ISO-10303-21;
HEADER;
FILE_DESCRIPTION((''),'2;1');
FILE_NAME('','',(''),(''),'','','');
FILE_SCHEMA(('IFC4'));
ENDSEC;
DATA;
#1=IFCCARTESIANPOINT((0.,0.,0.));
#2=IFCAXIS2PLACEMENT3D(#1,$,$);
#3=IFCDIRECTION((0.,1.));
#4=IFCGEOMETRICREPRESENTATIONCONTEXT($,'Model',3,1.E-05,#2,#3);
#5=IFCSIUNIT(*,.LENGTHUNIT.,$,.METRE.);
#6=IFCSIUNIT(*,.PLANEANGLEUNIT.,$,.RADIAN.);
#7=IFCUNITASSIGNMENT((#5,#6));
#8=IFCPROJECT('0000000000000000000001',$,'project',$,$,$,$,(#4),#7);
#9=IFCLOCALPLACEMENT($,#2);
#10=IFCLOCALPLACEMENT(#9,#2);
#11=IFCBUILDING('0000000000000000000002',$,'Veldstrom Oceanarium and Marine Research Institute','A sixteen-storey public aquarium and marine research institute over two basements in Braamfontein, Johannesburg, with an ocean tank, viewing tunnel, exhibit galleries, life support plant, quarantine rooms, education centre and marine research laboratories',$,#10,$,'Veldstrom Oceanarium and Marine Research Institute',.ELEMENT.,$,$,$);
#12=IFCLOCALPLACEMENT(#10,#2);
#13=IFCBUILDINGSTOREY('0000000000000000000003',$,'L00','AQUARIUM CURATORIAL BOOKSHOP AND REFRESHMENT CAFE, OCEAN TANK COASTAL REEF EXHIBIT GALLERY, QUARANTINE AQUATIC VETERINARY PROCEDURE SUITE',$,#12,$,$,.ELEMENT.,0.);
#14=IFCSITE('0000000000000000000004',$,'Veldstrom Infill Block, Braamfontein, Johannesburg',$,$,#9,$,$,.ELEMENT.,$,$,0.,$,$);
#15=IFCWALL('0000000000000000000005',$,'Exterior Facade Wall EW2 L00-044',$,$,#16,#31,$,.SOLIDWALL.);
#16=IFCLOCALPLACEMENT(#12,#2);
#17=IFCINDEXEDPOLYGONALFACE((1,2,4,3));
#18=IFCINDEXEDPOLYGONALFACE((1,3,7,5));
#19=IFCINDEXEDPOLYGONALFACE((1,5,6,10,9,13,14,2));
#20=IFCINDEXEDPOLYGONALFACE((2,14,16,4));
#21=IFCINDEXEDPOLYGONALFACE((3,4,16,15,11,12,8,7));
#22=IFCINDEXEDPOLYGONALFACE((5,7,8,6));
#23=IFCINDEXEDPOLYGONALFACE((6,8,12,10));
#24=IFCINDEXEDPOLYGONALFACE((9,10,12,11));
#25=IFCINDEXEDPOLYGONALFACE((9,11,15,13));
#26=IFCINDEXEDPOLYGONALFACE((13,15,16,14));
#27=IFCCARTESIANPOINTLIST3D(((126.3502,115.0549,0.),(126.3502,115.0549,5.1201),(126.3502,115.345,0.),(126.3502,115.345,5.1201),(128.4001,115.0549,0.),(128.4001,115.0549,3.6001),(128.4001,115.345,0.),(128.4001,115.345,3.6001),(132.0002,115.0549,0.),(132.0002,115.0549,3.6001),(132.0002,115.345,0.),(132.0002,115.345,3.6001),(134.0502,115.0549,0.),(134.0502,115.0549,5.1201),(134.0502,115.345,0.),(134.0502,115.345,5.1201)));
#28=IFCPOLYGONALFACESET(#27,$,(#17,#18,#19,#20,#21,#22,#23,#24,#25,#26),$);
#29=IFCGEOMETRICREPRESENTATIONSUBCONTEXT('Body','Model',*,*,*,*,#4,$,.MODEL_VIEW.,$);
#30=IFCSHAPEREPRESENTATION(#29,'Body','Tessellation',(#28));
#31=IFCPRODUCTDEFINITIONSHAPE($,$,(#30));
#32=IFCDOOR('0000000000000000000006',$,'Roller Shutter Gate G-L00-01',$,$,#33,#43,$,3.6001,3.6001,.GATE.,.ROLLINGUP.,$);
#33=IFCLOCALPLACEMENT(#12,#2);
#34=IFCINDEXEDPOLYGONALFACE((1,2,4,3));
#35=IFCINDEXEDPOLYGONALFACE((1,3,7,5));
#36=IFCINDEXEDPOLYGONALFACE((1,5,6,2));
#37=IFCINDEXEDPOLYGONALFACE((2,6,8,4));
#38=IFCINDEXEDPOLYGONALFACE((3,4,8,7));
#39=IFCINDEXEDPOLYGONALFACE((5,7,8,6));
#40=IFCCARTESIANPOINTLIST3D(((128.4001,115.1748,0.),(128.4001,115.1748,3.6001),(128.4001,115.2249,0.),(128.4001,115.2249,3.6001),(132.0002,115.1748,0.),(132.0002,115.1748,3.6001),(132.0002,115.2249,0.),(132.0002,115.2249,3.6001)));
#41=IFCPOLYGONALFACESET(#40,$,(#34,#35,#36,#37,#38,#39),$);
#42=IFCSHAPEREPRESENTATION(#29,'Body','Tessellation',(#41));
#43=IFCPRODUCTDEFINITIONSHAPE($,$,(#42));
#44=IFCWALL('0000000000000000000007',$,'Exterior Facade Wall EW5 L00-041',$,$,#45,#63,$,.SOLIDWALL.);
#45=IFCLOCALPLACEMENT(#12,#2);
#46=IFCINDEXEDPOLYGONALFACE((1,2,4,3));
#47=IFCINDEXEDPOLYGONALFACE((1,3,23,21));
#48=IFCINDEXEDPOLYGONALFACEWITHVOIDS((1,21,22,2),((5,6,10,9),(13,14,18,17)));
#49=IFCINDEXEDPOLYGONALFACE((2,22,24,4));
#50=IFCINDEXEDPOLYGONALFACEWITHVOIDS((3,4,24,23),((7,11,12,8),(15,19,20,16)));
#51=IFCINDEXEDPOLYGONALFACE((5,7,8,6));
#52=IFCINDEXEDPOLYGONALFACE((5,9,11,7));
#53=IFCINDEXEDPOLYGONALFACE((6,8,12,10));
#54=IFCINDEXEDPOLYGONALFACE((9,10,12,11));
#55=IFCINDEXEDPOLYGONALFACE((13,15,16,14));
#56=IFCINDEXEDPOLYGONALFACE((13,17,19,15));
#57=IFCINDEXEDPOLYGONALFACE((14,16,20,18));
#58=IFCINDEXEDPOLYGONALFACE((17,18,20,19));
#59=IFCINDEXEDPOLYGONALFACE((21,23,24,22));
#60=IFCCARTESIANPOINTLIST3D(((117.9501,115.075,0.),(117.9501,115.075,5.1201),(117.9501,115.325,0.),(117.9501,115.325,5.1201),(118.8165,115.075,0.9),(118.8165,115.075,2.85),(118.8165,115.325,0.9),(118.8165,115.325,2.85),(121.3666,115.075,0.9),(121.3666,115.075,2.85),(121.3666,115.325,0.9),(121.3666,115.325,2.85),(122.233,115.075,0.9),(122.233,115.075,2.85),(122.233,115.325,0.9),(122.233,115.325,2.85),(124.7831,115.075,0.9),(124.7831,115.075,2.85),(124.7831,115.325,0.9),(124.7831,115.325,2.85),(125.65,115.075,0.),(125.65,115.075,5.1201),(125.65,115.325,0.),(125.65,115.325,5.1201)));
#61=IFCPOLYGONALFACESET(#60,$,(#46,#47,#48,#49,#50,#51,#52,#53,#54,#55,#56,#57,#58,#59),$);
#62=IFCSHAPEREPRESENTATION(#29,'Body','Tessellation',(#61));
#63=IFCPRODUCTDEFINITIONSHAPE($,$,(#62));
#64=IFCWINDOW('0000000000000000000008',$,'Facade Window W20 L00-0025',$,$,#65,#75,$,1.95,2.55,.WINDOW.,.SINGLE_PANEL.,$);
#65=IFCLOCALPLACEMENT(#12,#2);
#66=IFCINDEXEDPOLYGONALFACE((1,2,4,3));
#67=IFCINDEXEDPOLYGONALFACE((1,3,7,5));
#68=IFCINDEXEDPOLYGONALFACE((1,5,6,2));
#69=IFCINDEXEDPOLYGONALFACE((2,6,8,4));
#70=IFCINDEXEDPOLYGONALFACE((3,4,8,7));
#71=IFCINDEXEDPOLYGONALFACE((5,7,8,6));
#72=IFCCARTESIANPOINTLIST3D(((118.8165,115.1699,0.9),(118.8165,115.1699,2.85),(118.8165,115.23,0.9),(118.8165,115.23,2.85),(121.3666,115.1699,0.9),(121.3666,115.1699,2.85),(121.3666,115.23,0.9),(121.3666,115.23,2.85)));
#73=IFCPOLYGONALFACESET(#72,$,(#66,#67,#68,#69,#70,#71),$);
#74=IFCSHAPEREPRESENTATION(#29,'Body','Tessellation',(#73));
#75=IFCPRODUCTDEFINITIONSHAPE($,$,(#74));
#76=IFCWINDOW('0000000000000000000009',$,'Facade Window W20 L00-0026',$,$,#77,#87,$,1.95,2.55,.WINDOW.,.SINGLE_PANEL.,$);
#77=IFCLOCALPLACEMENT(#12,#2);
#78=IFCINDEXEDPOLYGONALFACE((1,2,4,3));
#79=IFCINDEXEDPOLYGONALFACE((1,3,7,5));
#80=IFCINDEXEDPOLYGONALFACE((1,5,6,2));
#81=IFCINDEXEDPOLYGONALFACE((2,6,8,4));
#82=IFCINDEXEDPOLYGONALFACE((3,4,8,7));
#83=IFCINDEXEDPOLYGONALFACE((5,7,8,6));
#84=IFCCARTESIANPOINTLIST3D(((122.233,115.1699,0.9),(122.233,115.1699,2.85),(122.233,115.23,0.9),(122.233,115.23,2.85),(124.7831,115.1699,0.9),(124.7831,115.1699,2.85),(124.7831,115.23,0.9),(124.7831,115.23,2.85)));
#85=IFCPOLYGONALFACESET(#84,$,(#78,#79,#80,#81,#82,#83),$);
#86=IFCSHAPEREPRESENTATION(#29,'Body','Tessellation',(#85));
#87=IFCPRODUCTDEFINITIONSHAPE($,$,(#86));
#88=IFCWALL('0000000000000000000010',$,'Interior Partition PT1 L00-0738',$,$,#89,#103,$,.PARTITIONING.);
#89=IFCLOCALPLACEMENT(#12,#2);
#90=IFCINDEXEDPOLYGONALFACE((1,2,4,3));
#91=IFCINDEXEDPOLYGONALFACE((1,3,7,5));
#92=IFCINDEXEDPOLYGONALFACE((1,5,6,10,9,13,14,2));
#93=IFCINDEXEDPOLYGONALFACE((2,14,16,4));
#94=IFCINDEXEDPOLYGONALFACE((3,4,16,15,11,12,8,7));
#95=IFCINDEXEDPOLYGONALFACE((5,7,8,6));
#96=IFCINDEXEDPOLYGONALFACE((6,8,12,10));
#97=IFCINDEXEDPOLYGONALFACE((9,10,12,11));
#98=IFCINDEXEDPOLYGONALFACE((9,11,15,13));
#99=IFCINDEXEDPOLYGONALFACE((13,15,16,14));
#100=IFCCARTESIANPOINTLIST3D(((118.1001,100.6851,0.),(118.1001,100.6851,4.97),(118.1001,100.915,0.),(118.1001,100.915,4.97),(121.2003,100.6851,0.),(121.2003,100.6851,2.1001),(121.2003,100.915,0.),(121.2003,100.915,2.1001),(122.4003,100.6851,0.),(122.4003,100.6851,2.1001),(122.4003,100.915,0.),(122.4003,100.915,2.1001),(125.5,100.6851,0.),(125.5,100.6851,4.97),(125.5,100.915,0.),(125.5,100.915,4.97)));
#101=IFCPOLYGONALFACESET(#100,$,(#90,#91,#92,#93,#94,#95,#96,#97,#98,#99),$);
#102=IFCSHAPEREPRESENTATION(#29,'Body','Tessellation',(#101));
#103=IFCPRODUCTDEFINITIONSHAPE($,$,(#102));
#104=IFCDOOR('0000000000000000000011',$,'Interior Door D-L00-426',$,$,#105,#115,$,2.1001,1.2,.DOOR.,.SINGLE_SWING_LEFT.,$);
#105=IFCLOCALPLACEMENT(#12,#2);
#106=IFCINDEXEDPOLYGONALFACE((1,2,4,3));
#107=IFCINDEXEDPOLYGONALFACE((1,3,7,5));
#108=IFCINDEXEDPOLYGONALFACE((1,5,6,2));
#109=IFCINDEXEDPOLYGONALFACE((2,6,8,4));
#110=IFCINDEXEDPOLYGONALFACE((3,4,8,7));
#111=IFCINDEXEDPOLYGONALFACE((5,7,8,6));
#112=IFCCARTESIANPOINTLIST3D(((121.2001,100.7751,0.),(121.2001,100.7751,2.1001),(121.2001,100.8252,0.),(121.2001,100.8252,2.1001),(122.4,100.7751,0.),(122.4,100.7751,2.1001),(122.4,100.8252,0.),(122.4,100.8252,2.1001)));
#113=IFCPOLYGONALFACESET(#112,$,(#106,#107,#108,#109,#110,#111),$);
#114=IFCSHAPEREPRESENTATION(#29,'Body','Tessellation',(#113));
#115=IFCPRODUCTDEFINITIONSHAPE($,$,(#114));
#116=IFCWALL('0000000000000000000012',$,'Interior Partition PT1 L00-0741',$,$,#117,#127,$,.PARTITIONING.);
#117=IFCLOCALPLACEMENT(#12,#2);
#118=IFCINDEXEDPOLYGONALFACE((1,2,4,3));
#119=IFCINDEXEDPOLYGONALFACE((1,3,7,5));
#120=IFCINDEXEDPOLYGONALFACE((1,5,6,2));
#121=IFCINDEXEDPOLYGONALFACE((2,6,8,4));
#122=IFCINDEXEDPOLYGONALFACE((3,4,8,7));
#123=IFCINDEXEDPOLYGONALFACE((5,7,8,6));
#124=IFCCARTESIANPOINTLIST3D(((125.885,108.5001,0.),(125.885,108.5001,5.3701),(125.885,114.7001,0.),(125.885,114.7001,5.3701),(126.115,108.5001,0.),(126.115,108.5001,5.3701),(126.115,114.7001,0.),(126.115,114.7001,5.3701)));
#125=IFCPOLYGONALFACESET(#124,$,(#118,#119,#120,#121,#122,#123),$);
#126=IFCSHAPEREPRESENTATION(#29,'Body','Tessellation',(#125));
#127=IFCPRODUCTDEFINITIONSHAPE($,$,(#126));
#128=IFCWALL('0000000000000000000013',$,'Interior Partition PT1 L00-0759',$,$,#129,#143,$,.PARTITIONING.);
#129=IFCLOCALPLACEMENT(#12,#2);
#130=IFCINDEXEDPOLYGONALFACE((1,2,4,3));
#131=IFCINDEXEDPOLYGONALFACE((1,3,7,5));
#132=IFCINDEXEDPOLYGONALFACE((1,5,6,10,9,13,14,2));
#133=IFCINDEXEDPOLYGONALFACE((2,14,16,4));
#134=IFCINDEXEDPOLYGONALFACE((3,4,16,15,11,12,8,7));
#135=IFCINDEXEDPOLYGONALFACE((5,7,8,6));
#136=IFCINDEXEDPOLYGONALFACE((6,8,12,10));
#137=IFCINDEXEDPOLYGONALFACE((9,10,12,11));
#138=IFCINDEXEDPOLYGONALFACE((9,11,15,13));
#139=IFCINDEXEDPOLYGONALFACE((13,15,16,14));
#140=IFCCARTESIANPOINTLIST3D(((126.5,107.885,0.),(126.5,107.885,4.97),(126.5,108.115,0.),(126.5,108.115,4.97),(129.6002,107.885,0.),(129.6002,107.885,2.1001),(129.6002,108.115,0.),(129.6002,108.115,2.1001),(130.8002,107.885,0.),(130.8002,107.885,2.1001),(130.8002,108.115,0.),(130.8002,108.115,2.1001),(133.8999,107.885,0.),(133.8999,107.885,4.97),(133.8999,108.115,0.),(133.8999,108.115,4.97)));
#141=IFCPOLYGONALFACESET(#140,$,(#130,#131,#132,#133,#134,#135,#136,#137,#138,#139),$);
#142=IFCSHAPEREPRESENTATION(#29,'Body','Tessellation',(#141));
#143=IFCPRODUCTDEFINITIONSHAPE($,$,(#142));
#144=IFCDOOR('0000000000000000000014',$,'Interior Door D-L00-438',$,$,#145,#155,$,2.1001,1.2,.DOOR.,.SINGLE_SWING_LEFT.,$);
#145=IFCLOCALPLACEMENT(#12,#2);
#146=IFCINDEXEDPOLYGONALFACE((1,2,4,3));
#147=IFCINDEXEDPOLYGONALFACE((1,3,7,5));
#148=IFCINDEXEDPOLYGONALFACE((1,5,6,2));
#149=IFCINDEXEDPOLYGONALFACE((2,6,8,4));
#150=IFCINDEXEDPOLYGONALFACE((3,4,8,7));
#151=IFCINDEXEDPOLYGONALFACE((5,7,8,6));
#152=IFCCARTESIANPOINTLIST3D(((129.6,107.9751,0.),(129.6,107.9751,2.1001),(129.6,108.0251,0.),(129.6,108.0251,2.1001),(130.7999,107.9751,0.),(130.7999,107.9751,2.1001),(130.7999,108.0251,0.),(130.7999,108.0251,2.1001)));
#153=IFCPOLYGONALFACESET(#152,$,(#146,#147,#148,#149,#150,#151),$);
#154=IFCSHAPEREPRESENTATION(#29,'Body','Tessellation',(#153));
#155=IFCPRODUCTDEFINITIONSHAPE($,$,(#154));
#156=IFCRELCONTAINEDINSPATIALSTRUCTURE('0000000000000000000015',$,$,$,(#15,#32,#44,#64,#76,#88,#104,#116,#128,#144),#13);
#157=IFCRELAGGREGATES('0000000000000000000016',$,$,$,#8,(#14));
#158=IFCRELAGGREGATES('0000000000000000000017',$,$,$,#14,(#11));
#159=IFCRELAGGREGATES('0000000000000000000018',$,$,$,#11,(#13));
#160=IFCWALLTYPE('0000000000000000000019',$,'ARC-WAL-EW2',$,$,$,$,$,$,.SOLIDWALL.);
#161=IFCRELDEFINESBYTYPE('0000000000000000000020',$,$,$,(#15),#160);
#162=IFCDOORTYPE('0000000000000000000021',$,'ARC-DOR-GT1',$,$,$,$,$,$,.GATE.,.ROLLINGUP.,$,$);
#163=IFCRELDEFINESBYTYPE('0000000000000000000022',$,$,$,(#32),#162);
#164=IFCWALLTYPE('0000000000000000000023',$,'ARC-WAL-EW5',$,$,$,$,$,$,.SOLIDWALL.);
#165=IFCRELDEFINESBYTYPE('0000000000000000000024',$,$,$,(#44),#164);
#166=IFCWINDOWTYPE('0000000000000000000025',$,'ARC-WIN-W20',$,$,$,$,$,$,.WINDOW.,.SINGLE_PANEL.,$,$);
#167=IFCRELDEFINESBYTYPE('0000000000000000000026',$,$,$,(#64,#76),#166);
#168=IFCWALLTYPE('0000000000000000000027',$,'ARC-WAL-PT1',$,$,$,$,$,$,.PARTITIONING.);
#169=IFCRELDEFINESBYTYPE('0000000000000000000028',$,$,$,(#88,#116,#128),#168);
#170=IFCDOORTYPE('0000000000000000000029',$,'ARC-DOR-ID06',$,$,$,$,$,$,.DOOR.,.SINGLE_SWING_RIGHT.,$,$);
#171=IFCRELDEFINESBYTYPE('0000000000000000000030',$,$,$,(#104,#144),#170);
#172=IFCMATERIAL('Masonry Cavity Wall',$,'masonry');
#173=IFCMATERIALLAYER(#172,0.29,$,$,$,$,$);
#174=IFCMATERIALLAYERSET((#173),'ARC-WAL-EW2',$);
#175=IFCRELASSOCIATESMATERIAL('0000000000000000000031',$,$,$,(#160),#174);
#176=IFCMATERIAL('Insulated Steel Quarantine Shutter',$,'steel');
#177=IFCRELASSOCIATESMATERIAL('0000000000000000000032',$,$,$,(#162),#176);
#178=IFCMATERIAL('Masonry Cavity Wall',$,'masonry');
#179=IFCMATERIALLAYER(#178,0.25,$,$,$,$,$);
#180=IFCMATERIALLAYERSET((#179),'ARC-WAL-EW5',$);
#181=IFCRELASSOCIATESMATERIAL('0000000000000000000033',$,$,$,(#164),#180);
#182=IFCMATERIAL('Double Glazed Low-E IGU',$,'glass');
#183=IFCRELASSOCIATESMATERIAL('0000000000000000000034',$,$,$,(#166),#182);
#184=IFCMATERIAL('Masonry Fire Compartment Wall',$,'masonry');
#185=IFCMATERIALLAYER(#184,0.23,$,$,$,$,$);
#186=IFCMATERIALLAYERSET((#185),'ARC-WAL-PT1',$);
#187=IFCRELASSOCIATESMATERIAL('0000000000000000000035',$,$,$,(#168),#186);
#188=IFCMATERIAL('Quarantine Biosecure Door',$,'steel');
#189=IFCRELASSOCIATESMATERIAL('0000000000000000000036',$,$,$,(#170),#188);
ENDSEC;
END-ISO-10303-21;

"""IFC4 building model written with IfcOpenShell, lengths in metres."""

from ifc_helpers import new_model, si_unit, direction, frame, frame_2d, origin, place, context, subcontext, project, spatial, rectangle, extrude, material, layer, layer_set, type_object, element, fill, save


model = new_model("IFC4")

# Units and contexts
model_context = context("Model", 3, precision=1e-05, world=origin(), true_north=direction((0.0, 1.0)))
body_context = subcontext(model_context, "Body", "Model", "MODEL_VIEW")
ifc_project = project(units=[si_unit("LENGTHUNIT", "METRE"), si_unit("PLANEANGLEUNIT", "RADIAN")], contexts=[model_context])

# Site, building, storey
site_placement = place(None, origin())
site = spatial("IfcSite", under=ifc_project, at=site_placement, Name="Veldstrom Infill Block, Braamfontein, Johannesburg", CompositionType="ELEMENT", RefElevation=0.0)
building_placement = place(site_placement, origin())
building = spatial("IfcBuilding", under=site, at=building_placement, Name="Veldstrom Oceanarium and Marine Research Institute", Description="A sixteen-storey public aquarium and marine research institute over two basements in Braamfontein, Johannesburg, with an ocean tank, viewing tunnel, exhibit galleries, life support plant, quarantine rooms, education centre and marine research laboratories", LongName="Veldstrom Oceanarium and Marine Research Institute", CompositionType="ELEMENT")
storey_placement = place(building_placement, origin())
storey = spatial("IfcBuildingStorey", under=building, at=storey_placement, Name="L00", Description="AQUARIUM CURATORIAL BOOKSHOP AND REFRESHMENT CAFE, OCEAN TANK COASTAL REEF EXHIBIT GALLERY, QUARANTINE AQUATIC VETERINARY PROCEDURE SUITE", CompositionType="ELEMENT", Elevation=0.0)

# Wall, opening, door
ifc_material_1 = material(Name="Masonry Cavity Wall", Category="masonry")
ifc_layer_1 = layer(ifc_material_1, 0.29)
ifc_layer_set_1 = layer_set([ifc_layer_1], Name="ARC-WAL-EW2")
wall_type_1 = type_object("IfcWallType", Name="ARC-WAL-EW2", PredefinedType="SOLIDWALL", material=ifc_layer_set_1)
wall_1_placement = place(storey_placement, frame((126.3501, 115.2, 0.0), z_axis=(0.0, 0.0, 1.0), x_axis=(1.0, 0.0, 0.0)))
wall_1 = element("IfcWall", 1, at=wall_1_placement, inside=storey, type_object=wall_type_1, Name="Exterior Facade Wall EW2 L00-044", PredefinedType="SOLIDWALL", context=body_context, shape_type="SweptSolid", body=[
    extrude(rectangle(XDim=7.7, YDim=0.29, at=frame_2d((3.8501, 0.0))), origin(), (0.0, 0.0, 1.0), 5.1201),
])
opening_1_placement = place(wall_1_placement, frame((2.05, 0.0, 0.0)))
opening_1 = element("IfcOpeningElement", 2, at=opening_1_placement, cuts=wall_1, PredefinedType="OPENING", context=body_context, shape_type="SweptSolid", body=[
    extrude(rectangle(XDim=3.6001, YDim=3.6001, at=frame_2d((1.8, 1.8))), frame((0.0, 0.155, 0.0), z_axis=(0.0, -1.0, 0.0), x_axis=(1.0, 0.0, 0.0)), (0.0, 0.0, 1.0), 0.3101),
])
ifc_material_2 = material(Name="Insulated Steel Quarantine Shutter", Category="steel")
door_type_1 = type_object("IfcDoorType", Name="ARC-DOR-GT1", OperationType="ROLLINGUP", PredefinedType="GATE", material=ifc_material_2)
door_1_placement = place(opening_1_placement, origin())
door_1 = element("IfcDoor", 3, at=door_1_placement, inside=storey, type_object=door_type_1, Name="Roller Shutter Gate G-L00-01", OperationType="ROLLINGUP", OverallHeight=3.6001, OverallWidth=3.6001, PredefinedType="GATE", context=body_context, shape_type="SweptSolid", body=[
    extrude(rectangle(XDim=3.6001, YDim=3.6001, at=frame_2d((1.8, 1.8))), frame((0.0, 0.0249, 0.0), z_axis=(0.0, -1.0, 0.0), x_axis=(1.0, 0.0, 0.0)), (0.0, 0.0, 1.0), 0.05),
])
fill(opening_1, door_1)

# Wall, openings, windows
ifc_material_3 = material(Name="Masonry Cavity Wall", Category="masonry")
ifc_layer_2 = layer(ifc_material_3, 0.25)
ifc_layer_set_2 = layer_set([ifc_layer_2], Name="ARC-WAL-EW5")
wall_type_2 = type_object("IfcWallType", Name="ARC-WAL-EW5", PredefinedType="SOLIDWALL", material=ifc_layer_set_2)
wall_2_placement = place(storey_placement, frame((117.95, 115.2, 0.0), z_axis=(0.0, 0.0, 1.0), x_axis=(1.0, 0.0, 0.0)))
wall_2 = element("IfcWall", 4, at=wall_2_placement, inside=storey, type_object=wall_type_2, Name="Exterior Facade Wall EW5 L00-041", PredefinedType="SOLIDWALL", context=body_context, shape_type="SweptSolid", body=[
    extrude(rectangle(XDim=7.7, YDim=0.25, at=frame_2d((3.8501, 0.0))), origin(), (0.0, 0.0, 1.0), 5.1201),
])
opening_2_placement = place(wall_2_placement, frame((0.8667, 0.0, 0.8999)))
opening_2 = element("IfcOpeningElement", 5, at=opening_2_placement, cuts=wall_2, PredefinedType="OPENING", context=body_context, shape_type="SweptSolid", body=[
    extrude(rectangle(XDim=2.55, YDim=1.95, at=frame_2d((1.2749, 0.9751))), frame((0.0, 0.135, 0.0), z_axis=(0.0, -1.0, 0.0), x_axis=(1.0, 0.0, 0.0)), (0.0, 0.0, 1.0), 0.27),
])
opening_3_placement = place(wall_2_placement, frame((4.2832, 0.0, 0.8999)))
opening_3 = element("IfcOpeningElement", 6, at=opening_3_placement, cuts=wall_2, PredefinedType="OPENING", context=body_context, shape_type="SweptSolid", body=[
    extrude(rectangle(XDim=2.55, YDim=1.95, at=frame_2d((1.2749, 0.9751))), frame((0.0, 0.135, 0.0), z_axis=(0.0, -1.0, 0.0), x_axis=(1.0, 0.0, 0.0)), (0.0, 0.0, 1.0), 0.27),
])
ifc_material_4 = material(Name="Double Glazed Low-E IGU", Category="glass")
window_type = type_object("IfcWindowType", Name="ARC-WIN-W20", PartitioningType="SINGLE_PANEL", PredefinedType="WINDOW", material=ifc_material_4)
window_1_placement = place(opening_2_placement, origin())
window_1 = element("IfcWindow", 7, at=window_1_placement, inside=storey, type_object=window_type, Name="Facade Window W20 L00-0025", OverallHeight=1.95, OverallWidth=2.55, PartitioningType="SINGLE_PANEL", PredefinedType="WINDOW", context=body_context, shape_type="SweptSolid", body=[
    extrude(rectangle(XDim=2.55, YDim=1.95, at=frame_2d((1.2749, 0.9751))), frame((0.0, 0.03, 0.0), z_axis=(0.0, -1.0, 0.0), x_axis=(1.0, 0.0, 0.0)), (0.0, 0.0, 1.0), 0.0601),
])
fill(opening_2, window_1)
window_2_placement = place(opening_3_placement, origin())
window_2 = element("IfcWindow", 8, at=window_2_placement, inside=storey, type_object=window_type, Name="Facade Window W20 L00-0026", OverallHeight=1.95, OverallWidth=2.55, PartitioningType="SINGLE_PANEL", PredefinedType="WINDOW", context=body_context, shape_type="SweptSolid", body=[
    extrude(rectangle(XDim=2.55, YDim=1.95, at=frame_2d((1.2749, 0.9751))), frame((0.0, 0.03, 0.0), z_axis=(0.0, -1.0, 0.0), x_axis=(1.0, 0.0, 0.0)), (0.0, 0.0, 1.0), 0.0601),
])
fill(opening_3, window_2)

# Wall, opening, door
ifc_material_5 = material(Name="Masonry Fire Compartment Wall", Category="masonry")
ifc_layer_3 = layer(ifc_material_5, 0.23)
ifc_layer_set_3 = layer_set([ifc_layer_3], Name="ARC-WAL-PT1")
wall_type_3 = type_object("IfcWallType", Name="ARC-WAL-PT1", PredefinedType="PARTITIONING", material=ifc_layer_set_3)
wall_3_placement = place(storey_placement, frame((118.1001, 100.8, 0.0), z_axis=(0.0, 0.0, 1.0), x_axis=(1.0, 0.0, 0.0)))
wall_3 = element("IfcWall", 9, at=wall_3_placement, inside=storey, type_object=wall_type_3, Name="Interior Partition PT1 L00-0738", PredefinedType="PARTITIONING", context=body_context, shape_type="SweptSolid", body=[
    extrude(rectangle(XDim=7.3999, YDim=0.23, at=frame_2d((3.7, 0.0))), origin(), (0.0, 0.0, 1.0), 4.97),
])
opening_4_placement = place(wall_3_placement, frame((3.1001, 0.0, 0.0)))
opening_4 = element("IfcOpeningElement", 10, at=opening_4_placement, cuts=wall_3, PredefinedType="OPENING", context=body_context, shape_type="SweptSolid", body=[
    extrude(rectangle(XDim=1.2, YDim=2.1001, at=frame_2d((0.6001, 1.05))), frame((0.0, 0.125, 0.0), z_axis=(0.0, -1.0, 0.0), x_axis=(1.0, 0.0, 0.0)), (0.0, 0.0, 1.0), 0.25),
])
ifc_material_6 = material(Name="Quarantine Biosecure Door", Category="steel")
door_type_2 = type_object("IfcDoorType", Name="ARC-DOR-ID06", OperationType="SINGLE_SWING_RIGHT", PredefinedType="DOOR", material=ifc_material_6)
door_2_placement = place(opening_4_placement, frame((1.2, 0.0, 0.0), z_axis=(0.0, 0.0, 1.0), x_axis=(-1.0, 0.0, 0.0)))
door_2 = element("IfcDoor", 11, at=door_2_placement, inside=storey, type_object=door_type_2, Name="Interior Door D-L00-426", OperationType="SINGLE_SWING_LEFT", OverallHeight=2.1001, OverallWidth=1.2, PredefinedType="DOOR", context=body_context, shape_type="SweptSolid", body=[
    extrude(rectangle(XDim=1.2, YDim=2.1001, at=frame_2d((0.6001, 1.05))), frame((0.0, 0.0249, 0.0), z_axis=(0.0, -1.0, 0.0), x_axis=(1.0, 0.0, 0.0)), (0.0, 0.0, 1.0), 0.05),
])
fill(opening_4, door_2)

# Wall
wall_4_placement = place(storey_placement, frame((126.0, 108.5, 0.0), z_axis=(0.0, 0.0, 1.0), x_axis=(0.0, 1.0, 0.0)))
element("IfcWall", 12, at=wall_4_placement, inside=storey, type_object=wall_type_3, Name="Interior Partition PT1 L00-0741", PredefinedType="PARTITIONING", context=body_context, shape_type="SweptSolid", body=[
    extrude(rectangle(XDim=6.2, YDim=0.23, at=frame_2d((3.1001, 0.0))), origin(), (0.0, 0.0, 1.0), 5.3701),
])

# Wall, opening, door
wall_5_placement = place(storey_placement, frame((126.5, 108.0, 0.0), z_axis=(0.0, 0.0, 1.0), x_axis=(1.0, 0.0, 0.0)))
wall_5 = element("IfcWall", 13, at=wall_5_placement, inside=storey, type_object=wall_type_3, Name="Interior Partition PT1 L00-0759", PredefinedType="PARTITIONING", context=body_context, shape_type="SweptSolid", body=[
    extrude(rectangle(XDim=7.3999, YDim=0.23, at=frame_2d((3.7, 0.0))), origin(), (0.0, 0.0, 1.0), 4.97),
])
opening_5_placement = place(wall_5_placement, frame((3.1001, 0.0, 0.0)))
opening_5 = element("IfcOpeningElement", 14, at=opening_5_placement, cuts=wall_5, PredefinedType="OPENING", context=body_context, shape_type="SweptSolid", body=[
    extrude(rectangle(XDim=1.2, YDim=2.1001, at=frame_2d((0.6001, 1.05))), frame((0.0, 0.125, 0.0), z_axis=(0.0, -1.0, 0.0), x_axis=(1.0, 0.0, 0.0)), (0.0, 0.0, 1.0), 0.25),
])
door_3_placement = place(opening_5_placement, frame((1.2, 0.0, 0.0), z_axis=(0.0, 0.0, 1.0), x_axis=(-1.0, 0.0, 0.0)))
door_3 = element("IfcDoor", 15, at=door_3_placement, inside=storey, type_object=door_type_2, Name="Interior Door D-L00-438", OperationType="SINGLE_SWING_LEFT", OverallHeight=2.1001, OverallWidth=1.2, PredefinedType="DOOR", context=body_context, shape_type="SweptSolid", body=[
    extrude(rectangle(XDim=1.2, YDim=2.1001, at=frame_2d((0.6001, 1.05))), frame((0.0, 0.0249, 0.0), z_axis=(0.0, -1.0, 0.0), x_axis=(1.0, 0.0, 0.0)), (0.0, 0.0, 1.0), 0.05),
])
fill(opening_5, door_3)

save(model, "model.ifc")
